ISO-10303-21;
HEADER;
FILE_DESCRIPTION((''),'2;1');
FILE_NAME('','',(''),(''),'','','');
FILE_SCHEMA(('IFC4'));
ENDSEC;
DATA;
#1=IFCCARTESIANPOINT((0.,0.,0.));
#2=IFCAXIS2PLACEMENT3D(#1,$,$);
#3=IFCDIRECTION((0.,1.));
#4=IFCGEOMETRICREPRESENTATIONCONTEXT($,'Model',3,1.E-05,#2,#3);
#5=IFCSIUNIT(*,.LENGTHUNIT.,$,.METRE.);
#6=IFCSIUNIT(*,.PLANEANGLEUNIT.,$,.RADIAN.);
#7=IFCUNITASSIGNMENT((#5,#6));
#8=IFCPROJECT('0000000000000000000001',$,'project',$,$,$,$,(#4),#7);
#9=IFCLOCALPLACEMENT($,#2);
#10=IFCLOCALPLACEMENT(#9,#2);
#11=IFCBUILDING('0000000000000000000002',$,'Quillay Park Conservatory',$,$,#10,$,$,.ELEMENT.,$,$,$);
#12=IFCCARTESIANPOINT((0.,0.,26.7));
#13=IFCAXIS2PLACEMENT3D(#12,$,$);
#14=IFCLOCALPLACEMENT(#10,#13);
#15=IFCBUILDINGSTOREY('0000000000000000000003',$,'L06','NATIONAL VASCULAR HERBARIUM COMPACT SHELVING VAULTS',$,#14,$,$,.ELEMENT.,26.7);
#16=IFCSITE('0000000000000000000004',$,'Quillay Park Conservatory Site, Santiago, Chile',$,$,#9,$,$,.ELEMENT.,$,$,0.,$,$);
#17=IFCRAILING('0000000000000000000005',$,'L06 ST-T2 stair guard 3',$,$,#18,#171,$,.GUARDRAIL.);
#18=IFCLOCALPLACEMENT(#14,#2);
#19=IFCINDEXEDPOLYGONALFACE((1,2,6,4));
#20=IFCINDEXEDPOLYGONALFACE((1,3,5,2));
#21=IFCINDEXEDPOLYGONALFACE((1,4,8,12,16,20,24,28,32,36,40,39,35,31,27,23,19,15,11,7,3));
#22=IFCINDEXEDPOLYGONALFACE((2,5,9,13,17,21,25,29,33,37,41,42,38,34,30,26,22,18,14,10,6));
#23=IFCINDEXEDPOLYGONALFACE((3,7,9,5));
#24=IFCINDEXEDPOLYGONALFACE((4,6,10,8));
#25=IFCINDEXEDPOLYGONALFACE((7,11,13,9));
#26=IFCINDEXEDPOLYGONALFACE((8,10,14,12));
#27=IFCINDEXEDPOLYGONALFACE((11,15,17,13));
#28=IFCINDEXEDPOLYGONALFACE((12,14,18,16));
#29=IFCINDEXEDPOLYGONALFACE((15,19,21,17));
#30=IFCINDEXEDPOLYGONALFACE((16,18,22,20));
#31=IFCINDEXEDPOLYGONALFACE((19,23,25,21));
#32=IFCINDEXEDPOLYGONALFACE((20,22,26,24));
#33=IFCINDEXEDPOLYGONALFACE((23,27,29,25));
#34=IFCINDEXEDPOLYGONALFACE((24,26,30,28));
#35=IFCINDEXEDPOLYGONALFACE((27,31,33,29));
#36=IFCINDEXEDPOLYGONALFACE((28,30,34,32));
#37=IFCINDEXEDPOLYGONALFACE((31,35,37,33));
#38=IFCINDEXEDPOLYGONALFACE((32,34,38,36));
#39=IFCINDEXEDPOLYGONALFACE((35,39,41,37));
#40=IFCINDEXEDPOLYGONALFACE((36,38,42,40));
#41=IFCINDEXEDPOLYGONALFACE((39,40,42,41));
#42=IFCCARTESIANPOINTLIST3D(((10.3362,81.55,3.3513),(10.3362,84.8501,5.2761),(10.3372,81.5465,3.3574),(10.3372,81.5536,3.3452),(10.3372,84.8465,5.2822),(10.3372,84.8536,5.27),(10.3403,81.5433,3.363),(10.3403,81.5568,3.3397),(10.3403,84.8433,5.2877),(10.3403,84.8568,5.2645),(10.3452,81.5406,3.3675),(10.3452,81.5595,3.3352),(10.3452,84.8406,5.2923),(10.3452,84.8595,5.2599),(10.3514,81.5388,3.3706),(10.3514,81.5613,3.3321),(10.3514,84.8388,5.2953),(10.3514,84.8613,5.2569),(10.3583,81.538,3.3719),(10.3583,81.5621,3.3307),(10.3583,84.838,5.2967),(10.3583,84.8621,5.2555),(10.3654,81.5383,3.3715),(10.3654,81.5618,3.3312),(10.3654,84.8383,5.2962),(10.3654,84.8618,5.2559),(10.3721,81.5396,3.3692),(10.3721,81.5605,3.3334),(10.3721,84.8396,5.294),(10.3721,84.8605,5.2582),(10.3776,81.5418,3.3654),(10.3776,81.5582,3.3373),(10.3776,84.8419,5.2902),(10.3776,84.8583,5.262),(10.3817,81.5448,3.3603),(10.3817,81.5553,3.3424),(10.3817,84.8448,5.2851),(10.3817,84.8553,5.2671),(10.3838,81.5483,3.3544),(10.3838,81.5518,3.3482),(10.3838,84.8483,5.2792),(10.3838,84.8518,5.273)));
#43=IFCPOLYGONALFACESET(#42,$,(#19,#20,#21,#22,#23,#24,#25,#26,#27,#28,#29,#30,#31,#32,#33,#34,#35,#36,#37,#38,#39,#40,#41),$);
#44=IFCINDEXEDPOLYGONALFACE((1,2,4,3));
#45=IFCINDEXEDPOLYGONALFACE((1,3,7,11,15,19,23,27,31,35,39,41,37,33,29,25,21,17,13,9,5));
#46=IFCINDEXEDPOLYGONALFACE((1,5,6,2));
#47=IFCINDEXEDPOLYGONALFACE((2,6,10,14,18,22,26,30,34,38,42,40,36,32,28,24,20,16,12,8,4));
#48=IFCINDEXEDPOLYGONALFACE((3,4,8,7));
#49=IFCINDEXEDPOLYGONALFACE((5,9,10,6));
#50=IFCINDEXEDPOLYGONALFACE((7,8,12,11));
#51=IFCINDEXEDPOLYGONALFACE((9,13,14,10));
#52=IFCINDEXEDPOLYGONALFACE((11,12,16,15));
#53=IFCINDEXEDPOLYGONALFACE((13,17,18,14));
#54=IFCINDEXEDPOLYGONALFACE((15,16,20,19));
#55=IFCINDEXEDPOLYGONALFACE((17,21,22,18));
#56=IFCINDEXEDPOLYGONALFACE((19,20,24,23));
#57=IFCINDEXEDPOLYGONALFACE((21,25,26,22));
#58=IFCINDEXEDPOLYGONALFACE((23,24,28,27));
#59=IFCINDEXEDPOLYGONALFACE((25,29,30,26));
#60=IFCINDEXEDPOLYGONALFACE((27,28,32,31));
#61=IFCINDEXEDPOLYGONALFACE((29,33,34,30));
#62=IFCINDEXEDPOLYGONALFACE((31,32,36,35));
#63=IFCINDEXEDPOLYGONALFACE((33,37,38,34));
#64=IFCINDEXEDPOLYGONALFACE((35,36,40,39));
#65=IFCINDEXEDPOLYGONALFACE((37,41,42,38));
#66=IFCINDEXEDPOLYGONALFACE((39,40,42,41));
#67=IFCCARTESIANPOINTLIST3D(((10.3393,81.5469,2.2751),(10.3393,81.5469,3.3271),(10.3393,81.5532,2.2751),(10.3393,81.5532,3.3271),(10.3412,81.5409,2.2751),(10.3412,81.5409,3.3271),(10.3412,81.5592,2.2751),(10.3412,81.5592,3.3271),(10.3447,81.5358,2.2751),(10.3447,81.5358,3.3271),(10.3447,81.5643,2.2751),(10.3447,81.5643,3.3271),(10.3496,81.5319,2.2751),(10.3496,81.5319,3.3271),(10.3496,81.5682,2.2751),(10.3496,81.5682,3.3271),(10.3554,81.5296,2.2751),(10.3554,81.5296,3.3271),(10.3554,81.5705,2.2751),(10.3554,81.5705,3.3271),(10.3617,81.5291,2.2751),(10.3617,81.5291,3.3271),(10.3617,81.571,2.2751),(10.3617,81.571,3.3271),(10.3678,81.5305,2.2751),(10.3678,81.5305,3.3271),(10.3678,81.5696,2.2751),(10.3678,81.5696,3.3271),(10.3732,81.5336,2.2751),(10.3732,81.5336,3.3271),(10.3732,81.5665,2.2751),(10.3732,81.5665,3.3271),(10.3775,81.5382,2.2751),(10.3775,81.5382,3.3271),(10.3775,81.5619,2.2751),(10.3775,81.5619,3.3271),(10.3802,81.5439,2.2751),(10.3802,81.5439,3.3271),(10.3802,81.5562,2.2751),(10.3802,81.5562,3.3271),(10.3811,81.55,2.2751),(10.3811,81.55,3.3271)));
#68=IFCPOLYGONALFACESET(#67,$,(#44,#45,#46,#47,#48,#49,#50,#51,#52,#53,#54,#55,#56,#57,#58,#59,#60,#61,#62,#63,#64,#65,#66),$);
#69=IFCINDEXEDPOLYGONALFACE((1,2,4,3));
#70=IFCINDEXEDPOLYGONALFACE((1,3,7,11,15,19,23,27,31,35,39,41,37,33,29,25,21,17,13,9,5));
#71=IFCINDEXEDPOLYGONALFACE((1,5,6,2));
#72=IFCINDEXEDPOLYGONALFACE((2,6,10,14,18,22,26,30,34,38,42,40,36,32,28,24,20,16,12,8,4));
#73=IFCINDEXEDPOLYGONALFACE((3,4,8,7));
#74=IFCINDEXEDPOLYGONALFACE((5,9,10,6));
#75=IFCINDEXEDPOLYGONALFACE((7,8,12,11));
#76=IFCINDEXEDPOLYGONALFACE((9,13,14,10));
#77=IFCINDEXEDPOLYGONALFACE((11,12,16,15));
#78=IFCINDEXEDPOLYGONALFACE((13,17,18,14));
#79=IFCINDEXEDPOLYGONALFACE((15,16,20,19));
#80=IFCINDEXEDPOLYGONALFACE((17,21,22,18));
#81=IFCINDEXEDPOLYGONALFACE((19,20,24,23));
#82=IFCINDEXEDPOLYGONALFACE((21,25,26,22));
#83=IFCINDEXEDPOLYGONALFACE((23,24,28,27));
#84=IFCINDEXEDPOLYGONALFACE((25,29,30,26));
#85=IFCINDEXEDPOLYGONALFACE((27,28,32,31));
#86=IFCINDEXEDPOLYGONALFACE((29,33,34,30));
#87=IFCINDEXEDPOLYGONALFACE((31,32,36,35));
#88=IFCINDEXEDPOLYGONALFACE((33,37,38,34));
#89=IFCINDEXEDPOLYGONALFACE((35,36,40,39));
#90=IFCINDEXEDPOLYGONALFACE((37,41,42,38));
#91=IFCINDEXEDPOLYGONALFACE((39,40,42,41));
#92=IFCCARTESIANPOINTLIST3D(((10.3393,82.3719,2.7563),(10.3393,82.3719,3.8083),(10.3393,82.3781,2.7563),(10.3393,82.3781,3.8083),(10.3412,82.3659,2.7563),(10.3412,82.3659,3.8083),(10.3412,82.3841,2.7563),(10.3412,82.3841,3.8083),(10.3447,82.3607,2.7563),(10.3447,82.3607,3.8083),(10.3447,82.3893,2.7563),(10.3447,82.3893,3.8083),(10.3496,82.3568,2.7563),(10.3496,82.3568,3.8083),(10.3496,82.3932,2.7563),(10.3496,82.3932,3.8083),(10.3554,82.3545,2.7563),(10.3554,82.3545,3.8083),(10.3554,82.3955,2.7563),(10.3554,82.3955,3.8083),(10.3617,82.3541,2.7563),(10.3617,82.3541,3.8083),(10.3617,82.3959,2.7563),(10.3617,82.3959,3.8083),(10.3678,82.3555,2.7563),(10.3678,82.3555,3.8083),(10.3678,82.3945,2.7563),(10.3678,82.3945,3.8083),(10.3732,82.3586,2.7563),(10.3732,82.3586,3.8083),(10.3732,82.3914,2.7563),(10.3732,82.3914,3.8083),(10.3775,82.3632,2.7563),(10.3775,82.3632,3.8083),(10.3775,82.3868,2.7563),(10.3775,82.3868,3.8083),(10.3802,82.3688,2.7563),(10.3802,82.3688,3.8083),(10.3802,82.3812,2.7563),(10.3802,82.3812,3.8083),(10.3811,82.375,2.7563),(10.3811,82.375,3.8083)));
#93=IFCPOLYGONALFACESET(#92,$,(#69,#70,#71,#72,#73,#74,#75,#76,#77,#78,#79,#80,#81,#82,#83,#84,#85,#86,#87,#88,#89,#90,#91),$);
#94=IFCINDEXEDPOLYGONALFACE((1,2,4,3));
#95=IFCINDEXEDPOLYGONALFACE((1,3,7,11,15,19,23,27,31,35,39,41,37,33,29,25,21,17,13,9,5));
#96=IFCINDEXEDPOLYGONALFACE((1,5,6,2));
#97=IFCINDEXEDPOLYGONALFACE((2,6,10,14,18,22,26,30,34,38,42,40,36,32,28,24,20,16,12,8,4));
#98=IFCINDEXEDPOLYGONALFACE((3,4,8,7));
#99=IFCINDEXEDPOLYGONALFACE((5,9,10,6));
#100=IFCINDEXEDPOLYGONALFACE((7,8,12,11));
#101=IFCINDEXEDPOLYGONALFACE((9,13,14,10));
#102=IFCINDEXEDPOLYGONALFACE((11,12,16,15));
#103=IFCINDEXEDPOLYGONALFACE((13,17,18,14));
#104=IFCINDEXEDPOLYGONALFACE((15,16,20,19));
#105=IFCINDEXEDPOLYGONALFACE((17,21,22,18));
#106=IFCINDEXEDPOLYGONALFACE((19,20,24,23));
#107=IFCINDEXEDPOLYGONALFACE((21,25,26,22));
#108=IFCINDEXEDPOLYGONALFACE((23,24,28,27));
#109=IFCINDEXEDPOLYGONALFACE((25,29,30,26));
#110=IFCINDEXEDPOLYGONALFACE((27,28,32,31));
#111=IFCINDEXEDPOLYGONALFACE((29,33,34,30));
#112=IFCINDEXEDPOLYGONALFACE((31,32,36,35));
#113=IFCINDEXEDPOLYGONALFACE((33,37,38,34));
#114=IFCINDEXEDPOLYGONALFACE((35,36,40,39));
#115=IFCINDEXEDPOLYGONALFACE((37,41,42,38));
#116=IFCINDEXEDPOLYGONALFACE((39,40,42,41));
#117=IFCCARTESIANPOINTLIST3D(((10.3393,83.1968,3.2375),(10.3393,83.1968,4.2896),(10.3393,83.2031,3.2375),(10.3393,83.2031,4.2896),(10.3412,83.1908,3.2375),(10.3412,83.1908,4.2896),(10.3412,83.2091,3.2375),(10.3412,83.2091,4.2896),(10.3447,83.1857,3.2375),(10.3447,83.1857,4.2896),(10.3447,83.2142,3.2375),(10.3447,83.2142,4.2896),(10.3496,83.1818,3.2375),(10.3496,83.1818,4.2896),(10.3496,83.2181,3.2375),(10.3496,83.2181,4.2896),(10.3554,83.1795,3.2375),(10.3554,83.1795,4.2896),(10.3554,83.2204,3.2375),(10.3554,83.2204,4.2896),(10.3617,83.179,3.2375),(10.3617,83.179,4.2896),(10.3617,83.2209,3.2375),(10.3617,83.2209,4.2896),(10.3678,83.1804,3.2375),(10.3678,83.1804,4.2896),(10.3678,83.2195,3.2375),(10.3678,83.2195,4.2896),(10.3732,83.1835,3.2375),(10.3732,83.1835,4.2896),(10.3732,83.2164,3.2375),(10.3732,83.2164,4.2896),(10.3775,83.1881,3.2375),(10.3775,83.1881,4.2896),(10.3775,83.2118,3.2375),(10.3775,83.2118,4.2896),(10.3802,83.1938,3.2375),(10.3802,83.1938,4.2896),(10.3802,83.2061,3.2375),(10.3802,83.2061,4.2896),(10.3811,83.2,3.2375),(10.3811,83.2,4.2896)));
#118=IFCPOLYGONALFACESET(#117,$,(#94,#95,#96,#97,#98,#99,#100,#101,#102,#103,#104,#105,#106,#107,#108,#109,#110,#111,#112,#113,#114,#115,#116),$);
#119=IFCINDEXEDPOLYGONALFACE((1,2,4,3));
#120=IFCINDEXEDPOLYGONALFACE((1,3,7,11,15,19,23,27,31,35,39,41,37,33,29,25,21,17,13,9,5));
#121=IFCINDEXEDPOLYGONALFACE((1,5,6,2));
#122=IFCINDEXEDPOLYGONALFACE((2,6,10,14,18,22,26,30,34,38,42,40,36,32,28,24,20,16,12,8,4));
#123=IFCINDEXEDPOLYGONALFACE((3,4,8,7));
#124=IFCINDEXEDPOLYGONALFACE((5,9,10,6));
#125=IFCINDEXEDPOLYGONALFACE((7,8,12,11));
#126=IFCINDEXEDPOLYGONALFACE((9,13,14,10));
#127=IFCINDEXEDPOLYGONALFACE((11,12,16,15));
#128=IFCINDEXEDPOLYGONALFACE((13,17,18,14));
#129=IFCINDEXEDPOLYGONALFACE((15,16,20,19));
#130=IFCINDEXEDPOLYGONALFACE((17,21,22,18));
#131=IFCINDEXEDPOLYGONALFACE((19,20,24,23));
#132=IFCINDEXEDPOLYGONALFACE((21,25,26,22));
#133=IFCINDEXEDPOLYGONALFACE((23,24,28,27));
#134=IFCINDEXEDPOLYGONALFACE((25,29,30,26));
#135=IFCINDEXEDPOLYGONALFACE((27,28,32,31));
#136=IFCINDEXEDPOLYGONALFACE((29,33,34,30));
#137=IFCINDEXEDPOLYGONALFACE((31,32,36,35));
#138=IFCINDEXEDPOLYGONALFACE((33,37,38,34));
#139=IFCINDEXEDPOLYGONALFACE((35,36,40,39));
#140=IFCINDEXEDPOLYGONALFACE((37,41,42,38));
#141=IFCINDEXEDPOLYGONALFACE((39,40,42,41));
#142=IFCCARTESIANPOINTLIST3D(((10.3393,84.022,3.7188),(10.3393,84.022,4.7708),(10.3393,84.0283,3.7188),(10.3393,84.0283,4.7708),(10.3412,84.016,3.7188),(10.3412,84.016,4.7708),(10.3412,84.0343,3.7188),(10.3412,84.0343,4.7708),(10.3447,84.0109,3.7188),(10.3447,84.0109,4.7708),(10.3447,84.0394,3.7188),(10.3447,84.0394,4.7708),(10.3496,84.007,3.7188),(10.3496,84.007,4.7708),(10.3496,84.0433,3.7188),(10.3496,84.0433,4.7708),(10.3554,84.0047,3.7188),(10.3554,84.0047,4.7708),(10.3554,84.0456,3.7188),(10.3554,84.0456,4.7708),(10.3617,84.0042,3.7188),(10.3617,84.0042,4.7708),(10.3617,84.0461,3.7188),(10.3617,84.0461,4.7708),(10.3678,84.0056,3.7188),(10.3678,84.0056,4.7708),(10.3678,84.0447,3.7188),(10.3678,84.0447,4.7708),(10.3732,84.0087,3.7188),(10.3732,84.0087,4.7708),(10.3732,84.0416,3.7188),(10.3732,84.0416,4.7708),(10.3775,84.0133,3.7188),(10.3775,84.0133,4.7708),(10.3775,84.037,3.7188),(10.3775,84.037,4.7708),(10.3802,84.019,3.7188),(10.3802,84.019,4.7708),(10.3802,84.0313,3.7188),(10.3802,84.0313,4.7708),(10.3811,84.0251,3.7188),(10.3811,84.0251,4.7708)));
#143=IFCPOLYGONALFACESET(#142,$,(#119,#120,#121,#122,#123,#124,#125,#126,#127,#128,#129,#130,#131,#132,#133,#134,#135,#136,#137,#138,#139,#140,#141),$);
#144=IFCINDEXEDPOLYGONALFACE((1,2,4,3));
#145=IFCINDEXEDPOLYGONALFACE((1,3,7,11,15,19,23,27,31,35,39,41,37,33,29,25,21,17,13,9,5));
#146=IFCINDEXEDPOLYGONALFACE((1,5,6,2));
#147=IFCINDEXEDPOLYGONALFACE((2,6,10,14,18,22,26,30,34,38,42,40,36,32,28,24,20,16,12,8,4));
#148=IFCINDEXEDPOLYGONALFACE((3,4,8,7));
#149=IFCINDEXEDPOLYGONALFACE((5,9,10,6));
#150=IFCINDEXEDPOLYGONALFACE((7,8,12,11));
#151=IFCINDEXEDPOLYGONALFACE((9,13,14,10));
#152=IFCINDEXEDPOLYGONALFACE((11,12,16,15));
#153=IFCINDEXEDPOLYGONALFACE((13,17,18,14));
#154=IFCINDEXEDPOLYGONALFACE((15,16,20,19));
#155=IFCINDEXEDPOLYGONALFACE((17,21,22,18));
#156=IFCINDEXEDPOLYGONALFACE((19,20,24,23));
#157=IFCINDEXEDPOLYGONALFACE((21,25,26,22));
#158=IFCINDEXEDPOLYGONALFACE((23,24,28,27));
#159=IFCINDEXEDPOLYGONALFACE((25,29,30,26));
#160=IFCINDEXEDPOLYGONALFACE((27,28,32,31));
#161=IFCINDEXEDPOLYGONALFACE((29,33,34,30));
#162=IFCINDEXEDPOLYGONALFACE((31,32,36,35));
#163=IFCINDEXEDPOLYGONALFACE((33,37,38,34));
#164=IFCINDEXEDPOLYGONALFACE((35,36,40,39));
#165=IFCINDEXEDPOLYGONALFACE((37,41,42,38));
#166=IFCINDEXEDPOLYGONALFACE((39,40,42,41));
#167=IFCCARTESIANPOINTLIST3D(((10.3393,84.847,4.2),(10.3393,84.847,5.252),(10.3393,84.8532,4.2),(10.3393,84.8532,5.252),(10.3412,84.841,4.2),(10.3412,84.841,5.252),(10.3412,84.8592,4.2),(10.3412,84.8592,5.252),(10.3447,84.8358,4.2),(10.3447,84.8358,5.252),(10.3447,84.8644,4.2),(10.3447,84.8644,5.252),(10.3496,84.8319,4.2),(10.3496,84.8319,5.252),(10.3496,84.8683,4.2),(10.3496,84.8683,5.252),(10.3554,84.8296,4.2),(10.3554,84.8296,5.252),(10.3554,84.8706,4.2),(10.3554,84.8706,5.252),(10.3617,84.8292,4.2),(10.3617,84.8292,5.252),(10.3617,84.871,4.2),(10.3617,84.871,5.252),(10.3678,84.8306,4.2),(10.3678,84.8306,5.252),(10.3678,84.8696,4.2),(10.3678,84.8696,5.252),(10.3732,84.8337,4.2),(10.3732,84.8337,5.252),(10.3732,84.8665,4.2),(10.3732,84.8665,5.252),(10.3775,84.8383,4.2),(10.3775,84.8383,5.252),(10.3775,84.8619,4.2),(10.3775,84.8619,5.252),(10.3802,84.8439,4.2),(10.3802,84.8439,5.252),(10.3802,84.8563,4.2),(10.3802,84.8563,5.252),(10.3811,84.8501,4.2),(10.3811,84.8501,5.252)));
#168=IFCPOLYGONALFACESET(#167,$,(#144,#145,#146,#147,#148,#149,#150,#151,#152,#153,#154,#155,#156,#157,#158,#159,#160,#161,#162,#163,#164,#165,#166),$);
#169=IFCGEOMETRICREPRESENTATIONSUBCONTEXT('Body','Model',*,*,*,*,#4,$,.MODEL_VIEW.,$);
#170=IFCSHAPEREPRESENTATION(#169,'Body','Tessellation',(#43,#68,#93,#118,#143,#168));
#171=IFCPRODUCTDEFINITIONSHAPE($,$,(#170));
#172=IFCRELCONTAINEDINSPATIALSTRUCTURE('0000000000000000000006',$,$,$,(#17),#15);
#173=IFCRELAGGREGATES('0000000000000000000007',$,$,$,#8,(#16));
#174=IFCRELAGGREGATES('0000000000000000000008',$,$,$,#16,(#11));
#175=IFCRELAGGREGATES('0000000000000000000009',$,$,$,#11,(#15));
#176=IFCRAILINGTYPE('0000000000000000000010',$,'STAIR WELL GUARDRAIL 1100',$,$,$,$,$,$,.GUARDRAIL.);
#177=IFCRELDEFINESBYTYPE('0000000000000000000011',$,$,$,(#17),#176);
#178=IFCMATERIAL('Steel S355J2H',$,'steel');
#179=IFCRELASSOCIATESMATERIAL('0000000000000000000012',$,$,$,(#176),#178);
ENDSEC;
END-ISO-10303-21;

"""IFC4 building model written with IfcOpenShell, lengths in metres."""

from ifc_helpers import new_model, si_unit, direction, frame, origin, origin_2d, place, context, subcontext, project, spatial, circle, extrude, material, type_object, element, save


model = new_model("IFC4")

# Units and contexts
model_context = context("Model", 3, precision=1e-05, world=origin(), true_north=direction((0.0, 1.0)))
body_context = subcontext(model_context, "Body", "Model", "MODEL_VIEW")
ifc_project = project(units=[si_unit("LENGTHUNIT", "METRE"), si_unit("PLANEANGLEUNIT", "RADIAN")], contexts=[model_context])

# Site, building, storey
site_placement = place(None, origin())
site = spatial("IfcSite", under=ifc_project, at=site_placement, Name="Quillay Park Conservatory Site, Santiago, Chile", CompositionType="ELEMENT", RefElevation=0.0)
building_placement = place(site_placement, origin())
building = spatial("IfcBuilding", under=site, at=building_placement, Name="Quillay Park Conservatory", CompositionType="ELEMENT")
storey_placement = place(building_placement, frame((0.0, 0.0, 26.7)))
storey = spatial("IfcBuildingStorey", under=building, at=storey_placement, Name="L06", Description="NATIONAL VASCULAR HERBARIUM COMPACT SHELVING VAULTS", CompositionType="ELEMENT", Elevation=26.7)

# Railing
ifc_material_1 = material(Name="Steel S355J2H", Category="steel")
railing_type_1 = type_object("IfcRailingType", Name="STAIR WELL GUARDRAIL 1100", PredefinedType="GUARDRAIL", material=ifc_material_1)
railing_1_placement = place(storey_placement, frame((10.3601, 81.55, 2.2751)))
element("IfcRailing", 1, at=railing_1_placement, inside=storey, type_object=railing_type_1, Name="L06 ST-T2 stair guard 3", PredefinedType="GUARDRAIL", context=body_context, shape_type="SweptSolid", body=[
    extrude(circle(Radius=0.0239, at=origin_2d()), frame((0.0, 0.0, 1.0762), z_axis=(0.0, 0.863804, 0.503827), x_axis=(-1.0, 0.0, 0.0)), (0.0, 0.0, 1.0), 3.8203),
    extrude(circle(Radius=0.021, at=origin_2d()), origin(), (0.0, 0.0, 1.0), 1.052),
    extrude(circle(Radius=0.021, at=origin_2d()), frame((0.0, 0.825, 0.4812)), (0.0, 0.0, 1.0), 1.052),
    extrude(circle(Radius=0.021, at=origin_2d()), frame((0.0, 1.6499, 0.9624)), (0.0, 0.0, 1.0), 1.052),
    extrude(circle(Radius=0.021, at=origin_2d()), frame((0.0, 2.4751, 1.4436)), (0.0, 0.0, 1.0), 1.052),
    extrude(circle(Radius=0.021, at=origin_2d()), frame((0.0, 3.3, 1.9248)), (0.0, 0.0, 1.0), 1.052),
])

save(model, "model.ifc")
